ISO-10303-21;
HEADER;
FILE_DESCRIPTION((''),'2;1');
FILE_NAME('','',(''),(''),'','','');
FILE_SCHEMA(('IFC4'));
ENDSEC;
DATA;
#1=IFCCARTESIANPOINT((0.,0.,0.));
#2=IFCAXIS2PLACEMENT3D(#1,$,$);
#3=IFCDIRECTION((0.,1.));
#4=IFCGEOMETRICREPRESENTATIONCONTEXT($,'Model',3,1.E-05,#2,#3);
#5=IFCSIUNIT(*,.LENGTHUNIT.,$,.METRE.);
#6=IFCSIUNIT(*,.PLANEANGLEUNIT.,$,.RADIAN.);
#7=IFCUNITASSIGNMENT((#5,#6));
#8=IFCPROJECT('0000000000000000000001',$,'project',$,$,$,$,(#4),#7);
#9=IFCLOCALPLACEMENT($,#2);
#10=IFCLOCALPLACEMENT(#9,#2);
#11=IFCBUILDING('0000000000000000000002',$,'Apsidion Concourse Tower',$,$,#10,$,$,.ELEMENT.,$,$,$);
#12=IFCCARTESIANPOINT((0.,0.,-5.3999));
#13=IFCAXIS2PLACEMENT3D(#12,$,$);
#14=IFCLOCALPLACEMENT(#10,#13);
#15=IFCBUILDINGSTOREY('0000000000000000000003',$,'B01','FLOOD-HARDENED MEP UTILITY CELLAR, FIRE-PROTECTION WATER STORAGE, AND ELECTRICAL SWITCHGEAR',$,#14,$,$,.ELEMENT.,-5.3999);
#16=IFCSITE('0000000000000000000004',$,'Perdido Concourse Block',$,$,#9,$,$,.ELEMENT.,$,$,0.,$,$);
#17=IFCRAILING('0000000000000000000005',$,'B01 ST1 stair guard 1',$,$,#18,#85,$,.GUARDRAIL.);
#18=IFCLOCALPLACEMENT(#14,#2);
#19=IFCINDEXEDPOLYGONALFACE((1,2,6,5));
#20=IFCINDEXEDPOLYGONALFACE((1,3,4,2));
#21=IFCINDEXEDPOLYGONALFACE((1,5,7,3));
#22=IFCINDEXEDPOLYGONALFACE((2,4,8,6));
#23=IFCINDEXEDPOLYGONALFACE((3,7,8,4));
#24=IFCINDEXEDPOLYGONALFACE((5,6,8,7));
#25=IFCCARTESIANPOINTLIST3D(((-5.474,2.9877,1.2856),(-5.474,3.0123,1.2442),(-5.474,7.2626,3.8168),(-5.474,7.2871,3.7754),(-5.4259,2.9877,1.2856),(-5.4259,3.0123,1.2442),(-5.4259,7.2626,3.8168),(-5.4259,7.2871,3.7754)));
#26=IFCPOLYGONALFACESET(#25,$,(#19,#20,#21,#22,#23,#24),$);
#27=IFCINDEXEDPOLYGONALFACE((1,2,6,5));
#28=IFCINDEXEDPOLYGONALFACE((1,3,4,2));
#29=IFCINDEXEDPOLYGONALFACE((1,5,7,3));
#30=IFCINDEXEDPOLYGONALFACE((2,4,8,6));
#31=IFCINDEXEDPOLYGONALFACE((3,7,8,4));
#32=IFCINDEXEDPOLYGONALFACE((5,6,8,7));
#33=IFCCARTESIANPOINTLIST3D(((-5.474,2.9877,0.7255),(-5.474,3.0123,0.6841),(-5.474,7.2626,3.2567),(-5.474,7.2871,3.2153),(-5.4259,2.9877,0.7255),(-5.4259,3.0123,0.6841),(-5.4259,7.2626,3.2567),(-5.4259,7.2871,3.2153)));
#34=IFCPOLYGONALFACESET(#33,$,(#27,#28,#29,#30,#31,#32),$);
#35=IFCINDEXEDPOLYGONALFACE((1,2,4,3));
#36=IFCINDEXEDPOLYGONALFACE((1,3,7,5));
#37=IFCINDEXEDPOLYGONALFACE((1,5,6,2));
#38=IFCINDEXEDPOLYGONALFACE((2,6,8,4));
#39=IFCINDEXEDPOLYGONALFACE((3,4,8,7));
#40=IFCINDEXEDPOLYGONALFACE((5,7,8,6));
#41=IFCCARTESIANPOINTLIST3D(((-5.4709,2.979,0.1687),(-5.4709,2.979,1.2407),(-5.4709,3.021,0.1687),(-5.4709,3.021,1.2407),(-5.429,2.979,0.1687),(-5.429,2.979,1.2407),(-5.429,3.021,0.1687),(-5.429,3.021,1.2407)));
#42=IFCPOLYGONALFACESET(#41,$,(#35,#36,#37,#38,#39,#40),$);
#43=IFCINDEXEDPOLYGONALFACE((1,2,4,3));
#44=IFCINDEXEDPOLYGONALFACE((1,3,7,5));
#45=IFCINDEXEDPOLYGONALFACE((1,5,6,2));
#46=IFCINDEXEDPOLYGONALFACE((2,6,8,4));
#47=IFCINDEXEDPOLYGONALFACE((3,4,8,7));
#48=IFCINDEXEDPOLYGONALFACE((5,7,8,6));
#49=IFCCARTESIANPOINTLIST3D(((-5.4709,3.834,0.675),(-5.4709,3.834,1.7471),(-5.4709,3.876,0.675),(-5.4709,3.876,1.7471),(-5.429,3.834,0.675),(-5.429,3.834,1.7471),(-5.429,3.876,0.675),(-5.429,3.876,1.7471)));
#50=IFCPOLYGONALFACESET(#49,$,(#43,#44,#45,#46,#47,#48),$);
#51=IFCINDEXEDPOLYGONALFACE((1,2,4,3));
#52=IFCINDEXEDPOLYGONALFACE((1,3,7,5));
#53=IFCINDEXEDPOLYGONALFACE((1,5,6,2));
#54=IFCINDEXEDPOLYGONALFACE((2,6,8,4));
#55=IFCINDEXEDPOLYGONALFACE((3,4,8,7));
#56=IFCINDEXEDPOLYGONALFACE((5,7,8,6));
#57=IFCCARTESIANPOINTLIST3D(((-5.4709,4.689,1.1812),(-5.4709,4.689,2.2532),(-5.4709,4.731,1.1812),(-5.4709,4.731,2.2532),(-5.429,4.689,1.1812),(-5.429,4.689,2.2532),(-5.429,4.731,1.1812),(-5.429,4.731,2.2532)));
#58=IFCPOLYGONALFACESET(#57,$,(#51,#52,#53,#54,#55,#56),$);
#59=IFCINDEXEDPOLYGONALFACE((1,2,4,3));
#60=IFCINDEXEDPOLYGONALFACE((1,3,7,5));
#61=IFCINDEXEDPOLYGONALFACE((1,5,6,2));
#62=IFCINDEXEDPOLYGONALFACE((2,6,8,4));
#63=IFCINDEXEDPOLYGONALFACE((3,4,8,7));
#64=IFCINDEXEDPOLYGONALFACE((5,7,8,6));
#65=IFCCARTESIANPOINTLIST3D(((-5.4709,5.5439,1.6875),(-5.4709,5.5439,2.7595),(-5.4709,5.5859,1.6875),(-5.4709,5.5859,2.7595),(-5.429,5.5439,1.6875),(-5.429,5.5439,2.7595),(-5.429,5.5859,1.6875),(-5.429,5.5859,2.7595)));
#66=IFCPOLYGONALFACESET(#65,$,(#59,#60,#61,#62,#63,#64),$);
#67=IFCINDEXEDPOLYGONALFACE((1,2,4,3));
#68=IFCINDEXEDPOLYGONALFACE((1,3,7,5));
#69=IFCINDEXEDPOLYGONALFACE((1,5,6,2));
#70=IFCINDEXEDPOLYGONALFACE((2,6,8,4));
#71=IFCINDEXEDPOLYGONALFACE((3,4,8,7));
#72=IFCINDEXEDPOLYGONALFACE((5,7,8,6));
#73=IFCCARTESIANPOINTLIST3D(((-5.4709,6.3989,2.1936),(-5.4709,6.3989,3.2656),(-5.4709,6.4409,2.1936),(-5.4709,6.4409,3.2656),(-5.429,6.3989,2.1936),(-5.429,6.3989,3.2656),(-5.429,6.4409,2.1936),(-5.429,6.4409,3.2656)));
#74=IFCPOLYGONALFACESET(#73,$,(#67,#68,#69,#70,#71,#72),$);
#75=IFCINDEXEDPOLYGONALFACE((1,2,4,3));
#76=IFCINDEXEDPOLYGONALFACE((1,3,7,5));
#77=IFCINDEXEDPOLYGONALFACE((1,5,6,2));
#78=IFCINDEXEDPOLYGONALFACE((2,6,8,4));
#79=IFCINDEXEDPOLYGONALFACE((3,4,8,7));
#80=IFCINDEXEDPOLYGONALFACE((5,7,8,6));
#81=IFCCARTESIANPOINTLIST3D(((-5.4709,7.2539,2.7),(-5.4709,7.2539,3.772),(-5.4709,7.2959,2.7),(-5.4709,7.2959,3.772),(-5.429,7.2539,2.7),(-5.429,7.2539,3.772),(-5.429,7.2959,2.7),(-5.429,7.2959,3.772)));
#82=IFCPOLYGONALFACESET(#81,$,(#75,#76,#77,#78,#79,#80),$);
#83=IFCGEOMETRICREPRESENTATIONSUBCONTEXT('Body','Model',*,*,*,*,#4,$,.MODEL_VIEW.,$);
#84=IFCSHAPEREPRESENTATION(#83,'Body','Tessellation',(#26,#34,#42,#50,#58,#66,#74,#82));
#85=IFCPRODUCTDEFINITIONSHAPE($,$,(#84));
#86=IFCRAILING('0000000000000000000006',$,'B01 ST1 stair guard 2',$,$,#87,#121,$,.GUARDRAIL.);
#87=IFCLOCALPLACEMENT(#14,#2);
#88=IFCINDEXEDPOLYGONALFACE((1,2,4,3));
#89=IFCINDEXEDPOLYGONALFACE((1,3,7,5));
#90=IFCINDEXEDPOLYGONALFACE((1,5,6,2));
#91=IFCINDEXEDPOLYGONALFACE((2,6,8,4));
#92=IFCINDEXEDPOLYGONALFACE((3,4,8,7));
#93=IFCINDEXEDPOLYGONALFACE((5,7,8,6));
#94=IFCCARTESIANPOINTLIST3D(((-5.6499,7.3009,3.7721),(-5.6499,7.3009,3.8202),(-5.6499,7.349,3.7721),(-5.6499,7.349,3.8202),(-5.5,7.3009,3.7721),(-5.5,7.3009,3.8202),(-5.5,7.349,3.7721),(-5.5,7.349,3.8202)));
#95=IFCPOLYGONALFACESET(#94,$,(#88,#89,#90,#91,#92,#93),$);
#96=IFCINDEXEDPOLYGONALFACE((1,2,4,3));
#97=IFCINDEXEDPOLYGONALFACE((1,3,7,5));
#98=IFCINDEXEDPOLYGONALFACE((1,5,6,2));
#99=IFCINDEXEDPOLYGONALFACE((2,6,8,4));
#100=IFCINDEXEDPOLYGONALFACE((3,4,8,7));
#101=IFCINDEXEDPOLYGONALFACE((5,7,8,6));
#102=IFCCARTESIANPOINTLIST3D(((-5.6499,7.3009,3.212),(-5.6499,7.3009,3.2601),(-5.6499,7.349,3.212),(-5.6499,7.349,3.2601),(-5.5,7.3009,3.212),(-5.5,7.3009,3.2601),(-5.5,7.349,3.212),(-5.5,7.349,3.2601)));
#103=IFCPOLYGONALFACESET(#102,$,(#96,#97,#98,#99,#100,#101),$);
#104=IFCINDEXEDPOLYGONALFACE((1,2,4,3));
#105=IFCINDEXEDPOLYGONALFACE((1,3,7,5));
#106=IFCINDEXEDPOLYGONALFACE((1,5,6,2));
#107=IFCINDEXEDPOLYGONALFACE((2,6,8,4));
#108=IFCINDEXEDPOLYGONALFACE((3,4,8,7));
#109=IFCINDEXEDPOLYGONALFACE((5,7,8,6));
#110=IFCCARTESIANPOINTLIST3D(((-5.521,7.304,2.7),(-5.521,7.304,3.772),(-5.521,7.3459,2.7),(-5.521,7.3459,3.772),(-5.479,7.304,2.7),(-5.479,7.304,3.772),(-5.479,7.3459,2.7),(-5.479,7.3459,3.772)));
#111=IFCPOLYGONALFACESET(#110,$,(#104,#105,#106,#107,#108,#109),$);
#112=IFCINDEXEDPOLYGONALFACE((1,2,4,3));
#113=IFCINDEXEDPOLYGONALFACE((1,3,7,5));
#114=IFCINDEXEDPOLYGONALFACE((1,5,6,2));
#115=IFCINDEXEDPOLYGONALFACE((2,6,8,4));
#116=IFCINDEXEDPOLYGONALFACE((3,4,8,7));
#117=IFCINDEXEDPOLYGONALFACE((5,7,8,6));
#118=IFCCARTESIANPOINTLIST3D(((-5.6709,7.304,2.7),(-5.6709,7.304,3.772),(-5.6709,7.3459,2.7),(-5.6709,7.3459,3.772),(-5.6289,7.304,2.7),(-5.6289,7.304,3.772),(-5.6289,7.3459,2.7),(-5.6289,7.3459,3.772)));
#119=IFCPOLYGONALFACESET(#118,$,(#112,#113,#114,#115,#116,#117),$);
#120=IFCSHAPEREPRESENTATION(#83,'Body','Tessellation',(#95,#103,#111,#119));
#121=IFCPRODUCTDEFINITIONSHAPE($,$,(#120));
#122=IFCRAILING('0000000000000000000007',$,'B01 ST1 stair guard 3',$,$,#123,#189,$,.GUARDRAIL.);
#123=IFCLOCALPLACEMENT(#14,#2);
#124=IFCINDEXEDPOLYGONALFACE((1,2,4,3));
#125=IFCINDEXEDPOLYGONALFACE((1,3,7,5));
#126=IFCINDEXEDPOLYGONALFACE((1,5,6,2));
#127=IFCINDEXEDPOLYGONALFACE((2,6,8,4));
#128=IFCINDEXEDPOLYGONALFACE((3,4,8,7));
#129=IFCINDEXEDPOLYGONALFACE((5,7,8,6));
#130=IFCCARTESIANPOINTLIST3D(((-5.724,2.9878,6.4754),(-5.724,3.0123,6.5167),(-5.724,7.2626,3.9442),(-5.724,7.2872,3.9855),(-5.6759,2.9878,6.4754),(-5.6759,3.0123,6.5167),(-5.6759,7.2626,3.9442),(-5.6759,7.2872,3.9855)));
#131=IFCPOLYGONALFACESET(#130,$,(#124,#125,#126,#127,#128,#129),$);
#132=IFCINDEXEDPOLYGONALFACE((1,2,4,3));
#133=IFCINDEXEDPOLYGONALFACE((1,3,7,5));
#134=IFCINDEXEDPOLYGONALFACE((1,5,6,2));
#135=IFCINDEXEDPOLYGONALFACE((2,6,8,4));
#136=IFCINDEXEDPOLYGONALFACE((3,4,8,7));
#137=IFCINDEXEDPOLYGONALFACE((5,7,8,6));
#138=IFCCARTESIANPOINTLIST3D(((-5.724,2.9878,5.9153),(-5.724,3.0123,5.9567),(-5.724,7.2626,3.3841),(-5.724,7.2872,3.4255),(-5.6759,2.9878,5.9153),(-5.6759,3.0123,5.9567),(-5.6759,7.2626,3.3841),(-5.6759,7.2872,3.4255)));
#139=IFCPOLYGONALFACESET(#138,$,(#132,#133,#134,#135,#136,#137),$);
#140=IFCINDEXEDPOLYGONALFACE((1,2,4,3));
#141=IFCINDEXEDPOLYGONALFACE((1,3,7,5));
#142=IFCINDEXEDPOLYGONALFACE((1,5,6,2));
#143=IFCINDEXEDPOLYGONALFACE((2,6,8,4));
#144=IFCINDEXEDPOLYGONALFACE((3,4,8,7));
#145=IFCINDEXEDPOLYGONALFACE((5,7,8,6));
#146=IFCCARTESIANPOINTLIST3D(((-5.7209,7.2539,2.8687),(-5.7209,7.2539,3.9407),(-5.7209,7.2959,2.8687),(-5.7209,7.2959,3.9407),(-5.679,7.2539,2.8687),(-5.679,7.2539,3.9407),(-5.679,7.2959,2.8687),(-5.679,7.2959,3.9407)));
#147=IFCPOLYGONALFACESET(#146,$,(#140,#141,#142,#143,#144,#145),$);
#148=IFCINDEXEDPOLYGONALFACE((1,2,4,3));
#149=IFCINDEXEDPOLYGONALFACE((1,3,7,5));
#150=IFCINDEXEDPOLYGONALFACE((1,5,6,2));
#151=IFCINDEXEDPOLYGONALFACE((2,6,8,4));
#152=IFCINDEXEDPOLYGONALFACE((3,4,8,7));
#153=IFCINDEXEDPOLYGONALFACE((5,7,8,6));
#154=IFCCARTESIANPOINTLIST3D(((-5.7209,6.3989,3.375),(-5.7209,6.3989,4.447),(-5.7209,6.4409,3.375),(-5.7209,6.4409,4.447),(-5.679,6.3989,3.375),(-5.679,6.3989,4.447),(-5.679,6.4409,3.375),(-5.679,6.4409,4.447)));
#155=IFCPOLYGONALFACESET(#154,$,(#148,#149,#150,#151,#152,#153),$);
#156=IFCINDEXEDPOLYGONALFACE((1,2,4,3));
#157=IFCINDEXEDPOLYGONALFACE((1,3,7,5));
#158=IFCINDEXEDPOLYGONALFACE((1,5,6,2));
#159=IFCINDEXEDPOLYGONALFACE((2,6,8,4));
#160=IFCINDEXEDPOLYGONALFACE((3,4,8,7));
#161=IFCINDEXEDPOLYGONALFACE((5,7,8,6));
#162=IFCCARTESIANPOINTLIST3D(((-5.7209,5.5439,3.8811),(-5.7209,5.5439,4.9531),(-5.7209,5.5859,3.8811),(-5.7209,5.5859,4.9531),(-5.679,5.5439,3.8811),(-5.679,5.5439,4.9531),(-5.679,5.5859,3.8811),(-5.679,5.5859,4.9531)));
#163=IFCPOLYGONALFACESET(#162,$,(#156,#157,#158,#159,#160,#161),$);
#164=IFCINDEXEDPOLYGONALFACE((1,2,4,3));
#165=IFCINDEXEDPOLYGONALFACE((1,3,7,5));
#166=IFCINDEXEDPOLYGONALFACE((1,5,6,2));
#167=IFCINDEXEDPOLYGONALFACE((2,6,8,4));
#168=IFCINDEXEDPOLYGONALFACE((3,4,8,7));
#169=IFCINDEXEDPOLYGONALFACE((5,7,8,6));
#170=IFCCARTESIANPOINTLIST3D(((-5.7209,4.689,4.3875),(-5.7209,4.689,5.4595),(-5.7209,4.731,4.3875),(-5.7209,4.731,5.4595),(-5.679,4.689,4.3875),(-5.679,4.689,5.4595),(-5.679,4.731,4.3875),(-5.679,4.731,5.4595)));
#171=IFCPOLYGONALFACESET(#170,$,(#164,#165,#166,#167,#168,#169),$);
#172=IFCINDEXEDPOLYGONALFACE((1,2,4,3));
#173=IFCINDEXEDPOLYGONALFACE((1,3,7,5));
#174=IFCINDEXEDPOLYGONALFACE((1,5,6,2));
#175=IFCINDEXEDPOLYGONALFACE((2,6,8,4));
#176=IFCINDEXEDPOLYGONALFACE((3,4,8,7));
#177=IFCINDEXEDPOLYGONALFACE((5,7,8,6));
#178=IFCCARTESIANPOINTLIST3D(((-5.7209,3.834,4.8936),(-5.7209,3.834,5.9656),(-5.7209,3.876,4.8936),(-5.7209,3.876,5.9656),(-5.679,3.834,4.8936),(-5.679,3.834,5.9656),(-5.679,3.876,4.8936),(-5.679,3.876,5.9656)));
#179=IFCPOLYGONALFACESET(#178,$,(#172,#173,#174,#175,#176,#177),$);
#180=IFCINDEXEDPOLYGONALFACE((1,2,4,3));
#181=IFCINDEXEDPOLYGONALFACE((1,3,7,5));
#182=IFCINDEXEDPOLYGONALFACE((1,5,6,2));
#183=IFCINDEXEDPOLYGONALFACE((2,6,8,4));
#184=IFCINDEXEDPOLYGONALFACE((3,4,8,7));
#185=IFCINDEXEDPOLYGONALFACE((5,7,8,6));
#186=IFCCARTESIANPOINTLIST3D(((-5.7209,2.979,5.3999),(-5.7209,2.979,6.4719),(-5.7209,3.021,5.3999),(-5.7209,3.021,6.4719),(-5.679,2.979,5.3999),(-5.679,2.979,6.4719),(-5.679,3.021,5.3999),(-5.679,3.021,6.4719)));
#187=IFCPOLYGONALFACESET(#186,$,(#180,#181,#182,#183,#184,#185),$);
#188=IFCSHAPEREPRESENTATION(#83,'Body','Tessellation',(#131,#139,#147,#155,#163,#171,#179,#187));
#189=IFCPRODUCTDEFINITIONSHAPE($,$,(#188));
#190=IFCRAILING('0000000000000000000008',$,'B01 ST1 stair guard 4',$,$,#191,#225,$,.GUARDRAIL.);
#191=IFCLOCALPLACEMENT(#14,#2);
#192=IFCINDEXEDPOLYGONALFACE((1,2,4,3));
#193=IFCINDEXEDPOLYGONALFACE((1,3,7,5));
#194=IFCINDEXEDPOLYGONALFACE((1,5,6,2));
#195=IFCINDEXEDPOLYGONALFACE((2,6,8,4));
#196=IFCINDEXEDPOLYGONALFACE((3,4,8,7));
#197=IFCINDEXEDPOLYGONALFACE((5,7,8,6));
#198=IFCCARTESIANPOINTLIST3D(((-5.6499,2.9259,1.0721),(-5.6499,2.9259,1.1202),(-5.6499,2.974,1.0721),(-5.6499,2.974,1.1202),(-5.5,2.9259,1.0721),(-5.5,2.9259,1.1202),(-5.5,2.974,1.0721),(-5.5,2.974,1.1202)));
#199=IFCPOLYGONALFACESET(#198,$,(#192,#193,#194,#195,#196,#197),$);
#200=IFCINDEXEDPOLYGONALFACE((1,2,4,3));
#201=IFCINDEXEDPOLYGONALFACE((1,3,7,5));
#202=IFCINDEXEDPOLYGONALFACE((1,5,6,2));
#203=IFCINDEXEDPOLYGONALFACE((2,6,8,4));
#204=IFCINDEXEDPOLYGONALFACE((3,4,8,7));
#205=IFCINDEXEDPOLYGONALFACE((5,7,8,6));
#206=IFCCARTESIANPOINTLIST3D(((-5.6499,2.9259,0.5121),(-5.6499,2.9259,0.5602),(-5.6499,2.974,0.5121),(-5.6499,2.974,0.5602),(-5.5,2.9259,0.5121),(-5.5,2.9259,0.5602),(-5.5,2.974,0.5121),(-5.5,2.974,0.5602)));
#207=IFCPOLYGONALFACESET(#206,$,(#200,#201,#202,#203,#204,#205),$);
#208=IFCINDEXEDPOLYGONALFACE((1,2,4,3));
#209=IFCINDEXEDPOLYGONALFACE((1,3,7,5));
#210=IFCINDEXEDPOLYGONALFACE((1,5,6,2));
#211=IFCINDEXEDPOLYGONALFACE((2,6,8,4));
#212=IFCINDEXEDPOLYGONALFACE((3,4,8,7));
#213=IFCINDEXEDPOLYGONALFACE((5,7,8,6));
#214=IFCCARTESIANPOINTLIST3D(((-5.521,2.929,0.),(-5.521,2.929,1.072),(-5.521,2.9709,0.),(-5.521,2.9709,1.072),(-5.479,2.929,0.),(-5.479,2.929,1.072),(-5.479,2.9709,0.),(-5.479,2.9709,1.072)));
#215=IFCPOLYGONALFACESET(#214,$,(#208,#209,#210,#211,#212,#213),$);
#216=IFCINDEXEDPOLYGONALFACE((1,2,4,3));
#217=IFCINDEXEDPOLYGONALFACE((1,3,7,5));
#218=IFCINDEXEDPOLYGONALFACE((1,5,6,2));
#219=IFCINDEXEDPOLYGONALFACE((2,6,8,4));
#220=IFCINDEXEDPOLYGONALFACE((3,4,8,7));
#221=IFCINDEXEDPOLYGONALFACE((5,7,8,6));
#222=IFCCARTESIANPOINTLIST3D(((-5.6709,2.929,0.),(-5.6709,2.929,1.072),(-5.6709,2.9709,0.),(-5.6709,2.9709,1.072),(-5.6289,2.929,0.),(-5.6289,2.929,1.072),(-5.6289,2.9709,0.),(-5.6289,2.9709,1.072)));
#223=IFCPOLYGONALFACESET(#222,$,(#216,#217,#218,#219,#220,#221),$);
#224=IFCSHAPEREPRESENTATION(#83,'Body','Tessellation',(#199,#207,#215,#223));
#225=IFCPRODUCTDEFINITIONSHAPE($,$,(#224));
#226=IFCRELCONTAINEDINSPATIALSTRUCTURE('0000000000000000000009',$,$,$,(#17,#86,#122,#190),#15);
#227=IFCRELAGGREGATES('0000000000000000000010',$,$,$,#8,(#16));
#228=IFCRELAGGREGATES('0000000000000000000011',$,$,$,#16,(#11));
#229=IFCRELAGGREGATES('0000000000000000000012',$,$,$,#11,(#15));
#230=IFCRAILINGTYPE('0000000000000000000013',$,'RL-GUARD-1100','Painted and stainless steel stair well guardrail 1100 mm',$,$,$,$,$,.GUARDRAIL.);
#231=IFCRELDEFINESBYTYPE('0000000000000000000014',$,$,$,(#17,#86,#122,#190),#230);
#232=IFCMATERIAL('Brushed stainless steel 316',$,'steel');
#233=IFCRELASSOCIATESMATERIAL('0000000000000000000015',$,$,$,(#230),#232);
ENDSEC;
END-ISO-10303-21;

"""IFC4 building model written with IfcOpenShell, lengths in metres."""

from ifc_helpers import new_model, si_unit, direction, frame, origin, origin_2d, place, context, subcontext, project, spatial, rectangle, extrude, material, type_object, element, save


model = new_model("IFC4")

# Units and contexts
model_context = context("Model", 3, precision=1e-05, world=origin(), true_north=direction((0.0, 1.0)))
body_context = subcontext(model_context, "Body", "Model", "MODEL_VIEW")
ifc_project = project(units=[si_unit("LENGTHUNIT", "METRE"), si_unit("PLANEANGLEUNIT", "RADIAN")], contexts=[model_context])

# Site, building, storey
site_placement = place(None, origin())
site = spatial("IfcSite", under=ifc_project, at=site_placement, Name="Perdido Concourse Block", CompositionType="ELEMENT", RefElevation=0.0)
building_placement = place(site_placement, origin())
building = spatial("IfcBuilding", under=site, at=building_placement, Name="Apsidion Concourse Tower", CompositionType="ELEMENT")
storey_placement = place(building_placement, frame((0.0, 0.0, -5.3999)))
storey = spatial("IfcBuildingStorey", under=building, at=storey_placement, Name="B01", Description="FLOOD-HARDENED MEP UTILITY CELLAR, FIRE-PROTECTION WATER STORAGE, AND ELECTRICAL SWITCHGEAR", CompositionType="ELEMENT", Elevation=-5.3999)

# Shared definitions
ifc_material_1 = material(Name="Brushed stainless steel 316", Category="steel")

# Railings
railing_type_1 = type_object("IfcRailingType", Name="RL-GUARD-1100", Description="Painted and stainless steel stair well guardrail 1100 mm", PredefinedType="GUARDRAIL", material=ifc_material_1)
railing_1_placement = place(storey_placement, frame((-5.45, 3.0, 0.1687)))
element("IfcRailing", 1, at=railing_1_placement, inside=storey, type_object=railing_type_1, Name="B01 ST1 stair guard 1", PredefinedType="GUARDRAIL", context=body_context, shape_type="SweptSolid", body=[
    extrude(rectangle(XDim=0.0481, YDim=0.0481, at=origin_2d()), frame((0.0, 0.0, 1.0962), z_axis=(0.0, 0.86047, 0.509501), x_axis=(-1.0, 0.0, 0.0)), (0.0, 0.0, 1.0), 4.968),
    extrude(rectangle(XDim=0.0481, YDim=0.0481, at=origin_2d()), frame((0.0, 0.0, 0.5361), z_axis=(0.0, 0.86047, 0.509501), x_axis=(-1.0, 0.0, 0.0)), (0.0, 0.0, 1.0), 4.968),
    extrude(rectangle(XDim=0.042, YDim=0.042, at=origin_2d()), origin(), (0.0, 0.0, 1.0), 1.072),
    extrude(rectangle(XDim=0.042, YDim=0.042, at=origin_2d()), frame((0.0, 0.855, 0.5063)), (0.0, 0.0, 1.0), 1.072),
    extrude(rectangle(XDim=0.042, YDim=0.042, at=origin_2d()), frame((0.0, 1.71, 1.0125)), (0.0, 0.0, 1.0), 1.072),
    extrude(rectangle(XDim=0.042, YDim=0.042, at=origin_2d()), frame((0.0, 2.5649, 1.5188)), (0.0, 0.0, 1.0), 1.072),
    extrude(rectangle(XDim=0.042, YDim=0.042, at=origin_2d()), frame((0.0, 3.4199, 2.0249)), (0.0, 0.0, 1.0), 1.072),
    extrude(rectangle(XDim=0.042, YDim=0.042, at=origin_2d()), frame((0.0, 4.2749, 2.5312)), (0.0, 0.0, 1.0), 1.072),
])
railing_2_placement = place(storey_placement, frame((-5.5, 7.325, 2.7)))
element("IfcRailing", 2, at=railing_2_placement, inside=storey, type_object=railing_type_1, Name="B01 ST1 stair guard 2", PredefinedType="GUARDRAIL", context=body_context, shape_type="SweptSolid", body=[
    extrude(rectangle(XDim=0.0481, YDim=0.0481, at=origin_2d()), frame((0.0, 0.0, 1.0962), z_axis=(-1.0, 0.0, 0.0), x_axis=(0.0, -1.0, 0.0)), (0.0, 0.0, 1.0), 0.1499),
    extrude(rectangle(XDim=0.0481, YDim=0.0481, at=origin_2d()), frame((0.0, 0.0, 0.5361), z_axis=(-1.0, 0.0, 0.0), x_axis=(0.0, -1.0, 0.0)), (0.0, 0.0, 1.0), 0.1499),
    extrude(rectangle(XDim=0.042, YDim=0.042, at=origin_2d()), origin(), (0.0, 0.0, 1.0), 1.072),
    extrude(rectangle(XDim=0.042, YDim=0.042, at=origin_2d()), frame((-0.1499, 0.0, 0.0)), (0.0, 0.0, 1.0), 1.072),
])
railing_3_placement = place(storey_placement, frame((-5.7, 7.2749, 2.8687)))
element("IfcRailing", 3, at=railing_3_placement, inside=storey, type_object=railing_type_1, Name="B01 ST1 stair guard 3", PredefinedType="GUARDRAIL", context=body_context, shape_type="SweptSolid", body=[
    extrude(rectangle(XDim=0.0481, YDim=0.0481, at=origin_2d()), frame((0.0, 0.0, 1.0962), z_axis=(0.0, -0.86047, 0.509501), x_axis=(1.0, 0.0, 0.0)), (0.0, 0.0, 1.0), 4.968),
    extrude(rectangle(XDim=0.0481, YDim=0.0481, at=origin_2d()), frame((0.0, 0.0, 0.5361), z_axis=(0.0, -0.86047, 0.509501), x_axis=(1.0, 0.0, 0.0)), (0.0, 0.0, 1.0), 4.968),
    extrude(rectangle(XDim=0.042, YDim=0.042, at=origin_2d()), origin(), (0.0, 0.0, 1.0), 1.072),
    extrude(rectangle(XDim=0.042, YDim=0.042, at=origin_2d()), frame((0.0, -0.855, 0.5063)), (0.0, 0.0, 1.0), 1.072),
    extrude(rectangle(XDim=0.042, YDim=0.042, at=origin_2d()), frame((0.0, -1.71, 1.0125)), (0.0, 0.0, 1.0), 1.072),
    extrude(rectangle(XDim=0.042, YDim=0.042, at=origin_2d()), frame((0.0, -2.5649, 1.5188)), (0.0, 0.0, 1.0), 1.072),
    extrude(rectangle(XDim=0.042, YDim=0.042, at=origin_2d()), frame((0.0, -3.4199, 2.0249)), (0.0, 0.0, 1.0), 1.072),
    extrude(rectangle(XDim=0.042, YDim=0.042, at=origin_2d()), frame((0.0, -4.2749, 2.5312)), (0.0, 0.0, 1.0), 1.072),
])
railing_4_placement = place(storey_placement, frame((-5.5, 2.95, 0.0)))
element("IfcRailing", 4, at=railing_4_placement, inside=storey, type_object=railing_type_1, Name="B01 ST1 stair guard 4", PredefinedType="GUARDRAIL", context=body_context, shape_type="SweptSolid", body=[
    extrude(rectangle(XDim=0.0481, YDim=0.0481, at=origin_2d()), frame((0.0, 0.0, 1.0962), z_axis=(-1.0, 0.0, 0.0), x_axis=(0.0, -1.0, 0.0)), (0.0, 0.0, 1.0), 0.1499),
    extrude(rectangle(XDim=0.0481, YDim=0.0481, at=origin_2d()), frame((0.0, 0.0, 0.5361), z_axis=(-1.0, 0.0, 0.0), x_axis=(0.0, -1.0, 0.0)), (0.0, 0.0, 1.0), 0.1499),
    extrude(rectangle(XDim=0.042, YDim=0.042, at=origin_2d()), origin(), (0.0, 0.0, 1.0), 1.072),
    extrude(rectangle(XDim=0.042, YDim=0.042, at=origin_2d()), frame((-0.1499, 0.0, 0.0)), (0.0, 0.0, 1.0), 1.072),
])

save(model, "model.ifc")
